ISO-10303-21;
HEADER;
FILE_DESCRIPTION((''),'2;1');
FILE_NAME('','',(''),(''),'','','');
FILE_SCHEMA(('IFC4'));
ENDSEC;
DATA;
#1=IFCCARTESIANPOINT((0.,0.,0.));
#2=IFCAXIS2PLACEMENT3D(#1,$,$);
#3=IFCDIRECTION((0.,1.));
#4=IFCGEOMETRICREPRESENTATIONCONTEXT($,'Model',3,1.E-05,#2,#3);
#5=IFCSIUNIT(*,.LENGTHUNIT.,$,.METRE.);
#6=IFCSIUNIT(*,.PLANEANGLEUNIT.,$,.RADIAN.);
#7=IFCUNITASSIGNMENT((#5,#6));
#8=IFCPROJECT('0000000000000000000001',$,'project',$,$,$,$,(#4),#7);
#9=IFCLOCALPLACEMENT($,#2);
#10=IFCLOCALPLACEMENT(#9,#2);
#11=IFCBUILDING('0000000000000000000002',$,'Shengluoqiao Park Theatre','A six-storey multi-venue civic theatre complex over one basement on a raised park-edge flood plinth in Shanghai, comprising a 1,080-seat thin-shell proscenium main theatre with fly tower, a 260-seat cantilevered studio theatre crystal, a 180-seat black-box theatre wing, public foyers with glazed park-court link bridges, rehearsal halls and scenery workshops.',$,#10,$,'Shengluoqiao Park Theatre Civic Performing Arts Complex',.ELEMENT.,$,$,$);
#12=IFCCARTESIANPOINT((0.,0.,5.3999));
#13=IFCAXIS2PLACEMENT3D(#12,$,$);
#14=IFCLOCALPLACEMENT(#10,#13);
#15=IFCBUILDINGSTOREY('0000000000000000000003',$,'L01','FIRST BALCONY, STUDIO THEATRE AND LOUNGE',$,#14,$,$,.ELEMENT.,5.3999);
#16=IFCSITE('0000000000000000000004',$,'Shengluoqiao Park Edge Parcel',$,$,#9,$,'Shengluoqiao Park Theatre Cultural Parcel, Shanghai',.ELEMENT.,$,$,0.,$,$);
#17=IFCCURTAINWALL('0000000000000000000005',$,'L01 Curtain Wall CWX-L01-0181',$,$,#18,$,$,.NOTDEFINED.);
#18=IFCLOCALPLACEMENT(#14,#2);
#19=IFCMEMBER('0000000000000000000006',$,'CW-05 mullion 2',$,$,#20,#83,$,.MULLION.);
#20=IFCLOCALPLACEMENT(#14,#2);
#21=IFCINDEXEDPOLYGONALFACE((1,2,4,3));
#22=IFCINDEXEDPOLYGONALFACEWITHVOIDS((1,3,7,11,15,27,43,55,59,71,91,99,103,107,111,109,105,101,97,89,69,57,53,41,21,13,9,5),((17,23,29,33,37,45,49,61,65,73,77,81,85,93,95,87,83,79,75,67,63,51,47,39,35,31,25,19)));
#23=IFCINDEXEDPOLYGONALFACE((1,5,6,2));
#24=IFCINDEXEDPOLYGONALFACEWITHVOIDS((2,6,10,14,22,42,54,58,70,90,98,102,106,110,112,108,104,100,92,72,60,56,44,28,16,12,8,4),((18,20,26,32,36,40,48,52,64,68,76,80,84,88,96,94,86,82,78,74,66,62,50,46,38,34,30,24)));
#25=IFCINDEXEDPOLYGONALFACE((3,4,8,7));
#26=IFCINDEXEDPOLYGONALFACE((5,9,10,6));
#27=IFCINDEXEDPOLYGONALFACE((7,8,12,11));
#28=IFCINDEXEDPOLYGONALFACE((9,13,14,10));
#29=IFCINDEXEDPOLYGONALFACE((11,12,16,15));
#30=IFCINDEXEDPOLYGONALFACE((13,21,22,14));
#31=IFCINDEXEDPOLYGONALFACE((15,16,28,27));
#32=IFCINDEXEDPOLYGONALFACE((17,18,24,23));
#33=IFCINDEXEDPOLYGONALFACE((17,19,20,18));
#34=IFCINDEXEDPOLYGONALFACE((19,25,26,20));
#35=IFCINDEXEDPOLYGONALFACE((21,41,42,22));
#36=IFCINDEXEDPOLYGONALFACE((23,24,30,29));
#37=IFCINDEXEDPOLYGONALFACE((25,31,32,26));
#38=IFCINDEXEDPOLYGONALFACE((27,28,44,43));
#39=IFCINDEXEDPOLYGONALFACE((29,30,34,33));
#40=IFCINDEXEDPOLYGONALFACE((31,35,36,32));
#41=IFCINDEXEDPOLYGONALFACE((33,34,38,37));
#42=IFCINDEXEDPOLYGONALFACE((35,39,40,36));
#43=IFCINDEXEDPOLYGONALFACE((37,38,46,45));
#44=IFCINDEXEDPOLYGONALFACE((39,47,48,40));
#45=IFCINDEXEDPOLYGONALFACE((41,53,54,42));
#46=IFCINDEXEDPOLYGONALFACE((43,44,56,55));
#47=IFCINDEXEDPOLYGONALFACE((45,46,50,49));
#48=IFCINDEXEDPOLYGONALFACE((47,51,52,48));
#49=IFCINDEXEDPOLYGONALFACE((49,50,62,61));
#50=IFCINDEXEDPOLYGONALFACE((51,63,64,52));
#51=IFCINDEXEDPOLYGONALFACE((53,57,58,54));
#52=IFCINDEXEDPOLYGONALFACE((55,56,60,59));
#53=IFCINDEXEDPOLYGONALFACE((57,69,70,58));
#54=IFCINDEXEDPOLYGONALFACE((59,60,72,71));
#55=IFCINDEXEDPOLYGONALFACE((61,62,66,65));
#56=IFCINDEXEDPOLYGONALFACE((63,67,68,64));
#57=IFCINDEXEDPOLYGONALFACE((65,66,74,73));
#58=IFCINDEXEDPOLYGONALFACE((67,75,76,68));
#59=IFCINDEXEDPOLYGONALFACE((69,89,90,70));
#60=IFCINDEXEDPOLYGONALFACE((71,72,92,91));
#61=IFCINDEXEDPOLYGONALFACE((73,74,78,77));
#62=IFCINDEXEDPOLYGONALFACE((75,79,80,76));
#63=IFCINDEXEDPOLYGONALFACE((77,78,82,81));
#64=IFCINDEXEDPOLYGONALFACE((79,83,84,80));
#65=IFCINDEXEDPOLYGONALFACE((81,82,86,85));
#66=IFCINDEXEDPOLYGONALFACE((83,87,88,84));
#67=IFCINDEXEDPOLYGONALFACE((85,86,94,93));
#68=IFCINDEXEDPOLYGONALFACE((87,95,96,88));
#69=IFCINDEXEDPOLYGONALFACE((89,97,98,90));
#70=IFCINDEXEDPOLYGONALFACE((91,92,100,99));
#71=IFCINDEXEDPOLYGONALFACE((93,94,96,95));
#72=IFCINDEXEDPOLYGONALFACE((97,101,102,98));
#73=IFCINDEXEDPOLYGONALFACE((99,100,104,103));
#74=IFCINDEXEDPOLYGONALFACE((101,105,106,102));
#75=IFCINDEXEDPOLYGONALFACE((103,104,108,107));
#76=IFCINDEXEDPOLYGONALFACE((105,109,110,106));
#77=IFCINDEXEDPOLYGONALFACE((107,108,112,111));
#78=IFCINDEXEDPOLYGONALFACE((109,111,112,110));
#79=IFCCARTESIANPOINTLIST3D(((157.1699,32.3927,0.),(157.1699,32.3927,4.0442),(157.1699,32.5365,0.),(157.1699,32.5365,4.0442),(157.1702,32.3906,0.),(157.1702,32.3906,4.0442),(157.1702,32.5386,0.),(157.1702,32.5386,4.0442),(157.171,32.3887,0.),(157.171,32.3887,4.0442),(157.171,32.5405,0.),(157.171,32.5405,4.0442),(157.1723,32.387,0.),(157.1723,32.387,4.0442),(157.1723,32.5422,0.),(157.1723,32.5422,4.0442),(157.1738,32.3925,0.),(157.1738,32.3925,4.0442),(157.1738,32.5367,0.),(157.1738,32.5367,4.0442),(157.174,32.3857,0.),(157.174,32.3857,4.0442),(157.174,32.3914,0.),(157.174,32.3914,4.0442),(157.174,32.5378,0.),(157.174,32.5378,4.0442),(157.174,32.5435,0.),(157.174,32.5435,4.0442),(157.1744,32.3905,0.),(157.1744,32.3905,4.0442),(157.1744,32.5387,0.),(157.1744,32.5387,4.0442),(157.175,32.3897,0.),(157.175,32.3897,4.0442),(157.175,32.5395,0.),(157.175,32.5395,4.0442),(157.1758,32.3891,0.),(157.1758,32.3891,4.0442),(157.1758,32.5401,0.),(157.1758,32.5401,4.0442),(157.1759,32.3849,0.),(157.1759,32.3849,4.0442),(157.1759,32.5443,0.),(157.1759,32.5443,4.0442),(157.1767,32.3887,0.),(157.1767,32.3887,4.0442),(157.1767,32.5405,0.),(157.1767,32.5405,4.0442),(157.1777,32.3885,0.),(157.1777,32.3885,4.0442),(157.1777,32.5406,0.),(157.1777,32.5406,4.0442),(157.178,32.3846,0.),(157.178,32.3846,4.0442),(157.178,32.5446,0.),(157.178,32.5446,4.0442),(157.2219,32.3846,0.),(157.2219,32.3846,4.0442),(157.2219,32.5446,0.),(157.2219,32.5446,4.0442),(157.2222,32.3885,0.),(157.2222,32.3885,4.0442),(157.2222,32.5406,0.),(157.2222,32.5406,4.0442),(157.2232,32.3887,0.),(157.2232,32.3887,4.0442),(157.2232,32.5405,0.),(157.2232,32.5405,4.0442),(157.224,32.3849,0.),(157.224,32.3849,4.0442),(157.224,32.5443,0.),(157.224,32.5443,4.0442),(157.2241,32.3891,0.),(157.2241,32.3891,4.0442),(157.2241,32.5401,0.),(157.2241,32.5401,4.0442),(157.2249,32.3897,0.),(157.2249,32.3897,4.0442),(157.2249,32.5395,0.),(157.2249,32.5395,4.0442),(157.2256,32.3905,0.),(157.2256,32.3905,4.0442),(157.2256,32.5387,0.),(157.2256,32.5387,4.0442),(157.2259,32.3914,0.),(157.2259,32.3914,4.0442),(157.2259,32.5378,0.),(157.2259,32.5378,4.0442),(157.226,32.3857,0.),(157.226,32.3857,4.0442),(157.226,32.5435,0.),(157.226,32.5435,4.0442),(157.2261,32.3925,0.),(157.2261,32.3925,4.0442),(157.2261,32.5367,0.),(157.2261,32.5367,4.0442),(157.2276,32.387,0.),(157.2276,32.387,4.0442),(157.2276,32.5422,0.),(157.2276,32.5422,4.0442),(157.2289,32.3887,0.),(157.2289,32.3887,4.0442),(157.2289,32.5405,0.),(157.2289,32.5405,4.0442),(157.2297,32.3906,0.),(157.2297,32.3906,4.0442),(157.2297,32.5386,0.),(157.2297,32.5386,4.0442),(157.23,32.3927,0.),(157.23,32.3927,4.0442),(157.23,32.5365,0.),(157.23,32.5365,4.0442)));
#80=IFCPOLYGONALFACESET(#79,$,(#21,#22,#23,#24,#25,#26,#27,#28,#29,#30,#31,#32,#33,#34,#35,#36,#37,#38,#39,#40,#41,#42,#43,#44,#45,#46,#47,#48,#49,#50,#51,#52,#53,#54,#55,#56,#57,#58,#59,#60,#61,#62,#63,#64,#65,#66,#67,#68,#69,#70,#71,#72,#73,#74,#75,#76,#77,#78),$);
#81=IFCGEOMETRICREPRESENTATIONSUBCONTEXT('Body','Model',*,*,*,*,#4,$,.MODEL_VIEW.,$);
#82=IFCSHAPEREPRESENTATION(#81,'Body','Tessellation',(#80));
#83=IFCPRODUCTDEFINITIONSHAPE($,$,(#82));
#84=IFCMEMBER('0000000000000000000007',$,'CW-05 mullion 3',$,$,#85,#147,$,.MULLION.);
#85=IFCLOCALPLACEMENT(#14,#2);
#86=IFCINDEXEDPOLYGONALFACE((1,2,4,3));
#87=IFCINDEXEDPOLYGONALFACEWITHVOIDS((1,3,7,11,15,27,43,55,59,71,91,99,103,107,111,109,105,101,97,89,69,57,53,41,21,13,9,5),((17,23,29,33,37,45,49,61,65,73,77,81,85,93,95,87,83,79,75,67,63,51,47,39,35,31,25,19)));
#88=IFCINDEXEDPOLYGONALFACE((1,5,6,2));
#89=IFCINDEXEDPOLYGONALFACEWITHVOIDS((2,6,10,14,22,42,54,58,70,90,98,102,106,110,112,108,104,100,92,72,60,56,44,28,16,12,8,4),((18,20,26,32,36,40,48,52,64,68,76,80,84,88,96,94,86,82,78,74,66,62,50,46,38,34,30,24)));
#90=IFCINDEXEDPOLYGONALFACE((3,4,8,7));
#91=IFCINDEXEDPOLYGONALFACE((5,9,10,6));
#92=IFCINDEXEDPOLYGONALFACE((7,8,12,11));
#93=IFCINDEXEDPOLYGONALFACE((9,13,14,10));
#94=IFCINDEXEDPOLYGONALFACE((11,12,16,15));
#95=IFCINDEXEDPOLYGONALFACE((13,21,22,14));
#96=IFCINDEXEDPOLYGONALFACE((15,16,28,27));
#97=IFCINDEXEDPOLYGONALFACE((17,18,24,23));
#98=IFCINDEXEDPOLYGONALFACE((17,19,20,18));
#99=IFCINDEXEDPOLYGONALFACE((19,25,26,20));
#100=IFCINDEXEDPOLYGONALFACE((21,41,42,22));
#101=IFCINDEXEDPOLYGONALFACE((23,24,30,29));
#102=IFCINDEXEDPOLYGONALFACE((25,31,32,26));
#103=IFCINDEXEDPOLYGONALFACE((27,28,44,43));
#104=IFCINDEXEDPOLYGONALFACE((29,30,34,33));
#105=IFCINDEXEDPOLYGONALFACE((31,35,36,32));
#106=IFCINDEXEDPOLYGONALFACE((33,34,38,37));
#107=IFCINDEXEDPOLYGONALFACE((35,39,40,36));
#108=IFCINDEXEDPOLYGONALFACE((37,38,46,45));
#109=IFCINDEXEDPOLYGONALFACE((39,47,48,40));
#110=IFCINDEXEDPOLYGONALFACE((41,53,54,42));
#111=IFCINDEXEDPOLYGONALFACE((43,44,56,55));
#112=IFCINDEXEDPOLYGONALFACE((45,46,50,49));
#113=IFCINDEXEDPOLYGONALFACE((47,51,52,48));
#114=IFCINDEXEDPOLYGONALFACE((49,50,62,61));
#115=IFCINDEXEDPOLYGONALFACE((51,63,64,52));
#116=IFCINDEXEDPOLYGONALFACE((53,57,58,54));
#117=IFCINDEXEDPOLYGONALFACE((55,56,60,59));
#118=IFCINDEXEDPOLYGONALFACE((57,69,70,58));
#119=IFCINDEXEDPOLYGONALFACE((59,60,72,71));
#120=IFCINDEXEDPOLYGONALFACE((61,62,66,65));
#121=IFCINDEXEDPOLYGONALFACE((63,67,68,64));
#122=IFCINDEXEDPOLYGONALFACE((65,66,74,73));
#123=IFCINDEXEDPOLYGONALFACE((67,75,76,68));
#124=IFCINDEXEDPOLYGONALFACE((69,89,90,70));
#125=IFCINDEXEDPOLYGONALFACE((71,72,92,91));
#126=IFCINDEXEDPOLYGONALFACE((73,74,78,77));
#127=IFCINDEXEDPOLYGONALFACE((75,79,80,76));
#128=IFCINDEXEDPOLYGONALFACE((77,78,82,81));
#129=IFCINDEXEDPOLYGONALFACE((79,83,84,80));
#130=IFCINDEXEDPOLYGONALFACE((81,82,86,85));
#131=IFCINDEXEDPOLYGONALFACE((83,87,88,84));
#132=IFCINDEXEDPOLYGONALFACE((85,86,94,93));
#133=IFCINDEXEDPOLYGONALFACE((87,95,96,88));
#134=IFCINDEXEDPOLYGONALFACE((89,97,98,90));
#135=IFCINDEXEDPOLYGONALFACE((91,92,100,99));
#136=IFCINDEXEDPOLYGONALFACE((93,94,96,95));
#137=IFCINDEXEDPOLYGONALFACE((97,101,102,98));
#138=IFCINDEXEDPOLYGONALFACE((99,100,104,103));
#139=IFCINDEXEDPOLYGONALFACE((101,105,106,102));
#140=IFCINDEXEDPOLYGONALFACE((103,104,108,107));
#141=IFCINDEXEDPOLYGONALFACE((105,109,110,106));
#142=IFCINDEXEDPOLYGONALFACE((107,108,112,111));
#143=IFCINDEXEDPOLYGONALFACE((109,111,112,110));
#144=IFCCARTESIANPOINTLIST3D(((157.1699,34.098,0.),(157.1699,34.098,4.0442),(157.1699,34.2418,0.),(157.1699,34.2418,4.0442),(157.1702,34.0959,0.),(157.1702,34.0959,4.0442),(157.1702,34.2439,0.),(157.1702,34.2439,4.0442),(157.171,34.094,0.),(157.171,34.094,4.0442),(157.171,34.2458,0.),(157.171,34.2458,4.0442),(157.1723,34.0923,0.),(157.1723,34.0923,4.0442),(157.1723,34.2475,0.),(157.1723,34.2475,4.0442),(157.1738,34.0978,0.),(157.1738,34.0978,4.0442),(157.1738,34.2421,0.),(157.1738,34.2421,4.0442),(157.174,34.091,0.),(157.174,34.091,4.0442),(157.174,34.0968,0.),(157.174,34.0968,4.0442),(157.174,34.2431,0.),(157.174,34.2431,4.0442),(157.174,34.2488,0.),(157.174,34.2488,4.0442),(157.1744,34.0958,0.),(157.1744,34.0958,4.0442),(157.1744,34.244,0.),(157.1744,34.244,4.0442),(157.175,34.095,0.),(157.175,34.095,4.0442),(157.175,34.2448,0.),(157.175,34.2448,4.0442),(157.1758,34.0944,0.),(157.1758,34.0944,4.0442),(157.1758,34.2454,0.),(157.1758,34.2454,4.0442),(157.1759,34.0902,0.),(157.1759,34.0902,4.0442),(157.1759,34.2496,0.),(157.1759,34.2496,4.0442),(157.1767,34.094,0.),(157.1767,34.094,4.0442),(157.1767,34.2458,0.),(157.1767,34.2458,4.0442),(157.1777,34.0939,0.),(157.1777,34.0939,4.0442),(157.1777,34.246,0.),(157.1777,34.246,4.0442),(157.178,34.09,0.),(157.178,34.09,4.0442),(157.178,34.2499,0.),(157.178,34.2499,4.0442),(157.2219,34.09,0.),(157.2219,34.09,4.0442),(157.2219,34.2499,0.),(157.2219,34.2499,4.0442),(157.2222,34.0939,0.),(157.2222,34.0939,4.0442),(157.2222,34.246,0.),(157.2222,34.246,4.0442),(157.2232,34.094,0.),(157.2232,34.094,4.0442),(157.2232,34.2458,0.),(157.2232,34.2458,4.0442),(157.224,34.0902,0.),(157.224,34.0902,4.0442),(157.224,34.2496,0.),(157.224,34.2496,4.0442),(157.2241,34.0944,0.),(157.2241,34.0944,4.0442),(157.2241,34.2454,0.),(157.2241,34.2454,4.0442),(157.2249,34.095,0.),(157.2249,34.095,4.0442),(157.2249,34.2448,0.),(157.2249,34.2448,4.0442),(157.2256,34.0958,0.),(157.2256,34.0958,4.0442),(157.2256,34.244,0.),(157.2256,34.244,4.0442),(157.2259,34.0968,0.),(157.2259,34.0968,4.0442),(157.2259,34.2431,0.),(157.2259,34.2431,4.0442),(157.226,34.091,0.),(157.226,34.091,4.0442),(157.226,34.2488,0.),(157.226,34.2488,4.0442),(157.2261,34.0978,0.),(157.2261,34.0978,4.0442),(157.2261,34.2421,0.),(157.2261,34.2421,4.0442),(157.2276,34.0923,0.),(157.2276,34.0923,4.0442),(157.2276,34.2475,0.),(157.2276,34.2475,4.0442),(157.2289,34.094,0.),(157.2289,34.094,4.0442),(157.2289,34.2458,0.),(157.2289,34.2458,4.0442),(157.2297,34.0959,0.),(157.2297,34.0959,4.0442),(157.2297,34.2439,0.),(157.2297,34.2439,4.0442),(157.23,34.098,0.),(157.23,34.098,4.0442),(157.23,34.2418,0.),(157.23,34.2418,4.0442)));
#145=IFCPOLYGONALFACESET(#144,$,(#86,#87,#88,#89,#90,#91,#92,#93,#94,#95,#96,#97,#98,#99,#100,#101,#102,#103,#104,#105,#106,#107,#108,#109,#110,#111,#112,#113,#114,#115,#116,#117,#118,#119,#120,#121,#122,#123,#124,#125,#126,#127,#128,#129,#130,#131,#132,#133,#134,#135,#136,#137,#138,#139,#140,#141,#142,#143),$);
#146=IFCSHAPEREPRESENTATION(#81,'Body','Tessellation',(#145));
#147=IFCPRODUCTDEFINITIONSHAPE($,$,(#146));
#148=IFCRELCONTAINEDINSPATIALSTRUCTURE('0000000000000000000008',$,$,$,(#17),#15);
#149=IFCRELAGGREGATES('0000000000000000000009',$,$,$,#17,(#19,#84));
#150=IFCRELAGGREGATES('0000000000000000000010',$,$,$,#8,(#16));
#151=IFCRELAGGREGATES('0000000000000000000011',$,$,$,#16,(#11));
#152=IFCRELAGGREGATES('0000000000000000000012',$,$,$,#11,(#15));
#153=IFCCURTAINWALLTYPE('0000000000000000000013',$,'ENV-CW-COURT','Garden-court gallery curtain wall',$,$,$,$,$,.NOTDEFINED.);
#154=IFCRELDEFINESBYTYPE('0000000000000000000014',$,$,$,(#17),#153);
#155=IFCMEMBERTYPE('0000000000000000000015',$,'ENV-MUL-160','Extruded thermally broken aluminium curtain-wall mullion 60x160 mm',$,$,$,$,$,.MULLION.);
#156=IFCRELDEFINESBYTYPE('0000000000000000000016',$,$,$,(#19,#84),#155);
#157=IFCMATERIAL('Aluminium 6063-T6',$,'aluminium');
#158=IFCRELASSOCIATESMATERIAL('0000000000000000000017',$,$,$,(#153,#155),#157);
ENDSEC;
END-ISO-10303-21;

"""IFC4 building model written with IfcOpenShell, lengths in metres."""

from ifc_helpers import new_model, si_unit, direction, frame, origin, origin_2d, place, context, subcontext, project, spatial, hollow_rectangle, extrude, material, material_profile, profile_set, type_object, element, aggregate, save


model = new_model("IFC4")

# Units and contexts
model_context = context("Model", 3, precision=1e-05, world=origin(), true_north=direction((0.0, 1.0)))
body_context = subcontext(model_context, "Body", "Model", "MODEL_VIEW")
ifc_project = project(units=[si_unit("LENGTHUNIT", "METRE"), si_unit("PLANEANGLEUNIT", "RADIAN")], contexts=[model_context])

# Site, building, storey
site_placement = place(None, origin())
site = spatial("IfcSite", under=ifc_project, at=site_placement, Name="Shengluoqiao Park Edge Parcel", LongName="Shengluoqiao Park Theatre Cultural Parcel, Shanghai", CompositionType="ELEMENT", RefElevation=0.0)
building_placement = place(site_placement, origin())
building = spatial("IfcBuilding", under=site, at=building_placement, Name="Shengluoqiao Park Theatre", Description="A six-storey multi-venue civic theatre complex over one basement on a raised park-edge flood plinth in Shanghai, comprising a 1,080-seat thin-shell proscenium main theatre with fly tower, a 260-seat cantilevered studio theatre crystal, a 180-seat black-box theatre wing, public foyers with glazed park-court link bridges, rehearsal halls and scenery workshops.", LongName="Shengluoqiao Park Theatre Civic Performing Arts Complex", CompositionType="ELEMENT")
storey_placement = place(building_placement, frame((0.0, 0.0, 5.3999)))
storey = spatial("IfcBuildingStorey", under=building, at=storey_placement, Name="L01", Description="FIRST BALCONY, STUDIO THEATRE AND LOUNGE", CompositionType="ELEMENT", Elevation=5.3999)

# Shared definitions
ifc_material_1 = material(Name="Aluminium 6063-T6", Category="aluminium")
curtain_wall_type = type_object("IfcCurtainWallType", Name="ENV-CW-COURT", Description="Garden-court gallery curtain wall", PredefinedType="NOTDEFINED", material=ifc_material_1)
ifc_material_profile_1 = material_profile(ifc_material_1, hollow_rectangle(XDim=0.0601, YDim=0.1599, WallThickness=0.0039, InnerFilletRadius=0.0039, OuterFilletRadius=0.0081, at=origin_2d()), Name="ALU MULLION 160x60x4")
ifc_profile_set_1 = profile_set([ifc_material_profile_1], Name="Aluminium 6063-T6")
member_type_1 = type_object("IfcMemberType", Name="ENV-MUL-160", Description="Extruded thermally broken aluminium curtain-wall mullion 60x160 mm", PredefinedType="MULLION", material=ifc_profile_set_1)

# Curtain wall, members
curtain_wall_1_placement = place(storey_placement, origin())
curtain_wall_1 = element("IfcCurtainWall", 1, at=curtain_wall_1_placement, inside=storey, type_object=curtain_wall_type, Name="L01 Curtain Wall CWX-L01-0181", PredefinedType="NOTDEFINED")
member_1_placement = place(storey_placement, frame((157.2, 32.4646, 0.0), z_axis=(0.0, 0.0, 1.0), x_axis=(-1.0, 0.0, 0.0)))
member_1 = element("IfcMember", 2, at=member_1_placement, type_object=member_type_1, Name="CW-05 mullion 2", PredefinedType="MULLION", context=body_context, shape_type="SweptSolid", body=[
    extrude(hollow_rectangle(XDim=0.0601, YDim=0.1599, WallThickness=0.0039, InnerFilletRadius=0.0039, OuterFilletRadius=0.0081, at=origin_2d()), origin(), (0.0, 0.0, 1.0), 4.0442),
])
member_2_placement = place(storey_placement, frame((157.2, 34.1699, 0.0), z_axis=(0.0, 0.0, 1.0), x_axis=(-1.0, 0.0, 0.0)))
member_2 = element("IfcMember", 3, at=member_2_placement, type_object=member_type_1, Name="CW-05 mullion 3", PredefinedType="MULLION", context=body_context, shape_type="SweptSolid", body=[
    extrude(hollow_rectangle(XDim=0.0601, YDim=0.1599, WallThickness=0.0039, InnerFilletRadius=0.0039, OuterFilletRadius=0.0081, at=origin_2d()), origin(), (0.0, 0.0, 1.0), 4.0442),
])

aggregate(curtain_wall_1, [member_1, member_2])

save(model, "model.ifc")
